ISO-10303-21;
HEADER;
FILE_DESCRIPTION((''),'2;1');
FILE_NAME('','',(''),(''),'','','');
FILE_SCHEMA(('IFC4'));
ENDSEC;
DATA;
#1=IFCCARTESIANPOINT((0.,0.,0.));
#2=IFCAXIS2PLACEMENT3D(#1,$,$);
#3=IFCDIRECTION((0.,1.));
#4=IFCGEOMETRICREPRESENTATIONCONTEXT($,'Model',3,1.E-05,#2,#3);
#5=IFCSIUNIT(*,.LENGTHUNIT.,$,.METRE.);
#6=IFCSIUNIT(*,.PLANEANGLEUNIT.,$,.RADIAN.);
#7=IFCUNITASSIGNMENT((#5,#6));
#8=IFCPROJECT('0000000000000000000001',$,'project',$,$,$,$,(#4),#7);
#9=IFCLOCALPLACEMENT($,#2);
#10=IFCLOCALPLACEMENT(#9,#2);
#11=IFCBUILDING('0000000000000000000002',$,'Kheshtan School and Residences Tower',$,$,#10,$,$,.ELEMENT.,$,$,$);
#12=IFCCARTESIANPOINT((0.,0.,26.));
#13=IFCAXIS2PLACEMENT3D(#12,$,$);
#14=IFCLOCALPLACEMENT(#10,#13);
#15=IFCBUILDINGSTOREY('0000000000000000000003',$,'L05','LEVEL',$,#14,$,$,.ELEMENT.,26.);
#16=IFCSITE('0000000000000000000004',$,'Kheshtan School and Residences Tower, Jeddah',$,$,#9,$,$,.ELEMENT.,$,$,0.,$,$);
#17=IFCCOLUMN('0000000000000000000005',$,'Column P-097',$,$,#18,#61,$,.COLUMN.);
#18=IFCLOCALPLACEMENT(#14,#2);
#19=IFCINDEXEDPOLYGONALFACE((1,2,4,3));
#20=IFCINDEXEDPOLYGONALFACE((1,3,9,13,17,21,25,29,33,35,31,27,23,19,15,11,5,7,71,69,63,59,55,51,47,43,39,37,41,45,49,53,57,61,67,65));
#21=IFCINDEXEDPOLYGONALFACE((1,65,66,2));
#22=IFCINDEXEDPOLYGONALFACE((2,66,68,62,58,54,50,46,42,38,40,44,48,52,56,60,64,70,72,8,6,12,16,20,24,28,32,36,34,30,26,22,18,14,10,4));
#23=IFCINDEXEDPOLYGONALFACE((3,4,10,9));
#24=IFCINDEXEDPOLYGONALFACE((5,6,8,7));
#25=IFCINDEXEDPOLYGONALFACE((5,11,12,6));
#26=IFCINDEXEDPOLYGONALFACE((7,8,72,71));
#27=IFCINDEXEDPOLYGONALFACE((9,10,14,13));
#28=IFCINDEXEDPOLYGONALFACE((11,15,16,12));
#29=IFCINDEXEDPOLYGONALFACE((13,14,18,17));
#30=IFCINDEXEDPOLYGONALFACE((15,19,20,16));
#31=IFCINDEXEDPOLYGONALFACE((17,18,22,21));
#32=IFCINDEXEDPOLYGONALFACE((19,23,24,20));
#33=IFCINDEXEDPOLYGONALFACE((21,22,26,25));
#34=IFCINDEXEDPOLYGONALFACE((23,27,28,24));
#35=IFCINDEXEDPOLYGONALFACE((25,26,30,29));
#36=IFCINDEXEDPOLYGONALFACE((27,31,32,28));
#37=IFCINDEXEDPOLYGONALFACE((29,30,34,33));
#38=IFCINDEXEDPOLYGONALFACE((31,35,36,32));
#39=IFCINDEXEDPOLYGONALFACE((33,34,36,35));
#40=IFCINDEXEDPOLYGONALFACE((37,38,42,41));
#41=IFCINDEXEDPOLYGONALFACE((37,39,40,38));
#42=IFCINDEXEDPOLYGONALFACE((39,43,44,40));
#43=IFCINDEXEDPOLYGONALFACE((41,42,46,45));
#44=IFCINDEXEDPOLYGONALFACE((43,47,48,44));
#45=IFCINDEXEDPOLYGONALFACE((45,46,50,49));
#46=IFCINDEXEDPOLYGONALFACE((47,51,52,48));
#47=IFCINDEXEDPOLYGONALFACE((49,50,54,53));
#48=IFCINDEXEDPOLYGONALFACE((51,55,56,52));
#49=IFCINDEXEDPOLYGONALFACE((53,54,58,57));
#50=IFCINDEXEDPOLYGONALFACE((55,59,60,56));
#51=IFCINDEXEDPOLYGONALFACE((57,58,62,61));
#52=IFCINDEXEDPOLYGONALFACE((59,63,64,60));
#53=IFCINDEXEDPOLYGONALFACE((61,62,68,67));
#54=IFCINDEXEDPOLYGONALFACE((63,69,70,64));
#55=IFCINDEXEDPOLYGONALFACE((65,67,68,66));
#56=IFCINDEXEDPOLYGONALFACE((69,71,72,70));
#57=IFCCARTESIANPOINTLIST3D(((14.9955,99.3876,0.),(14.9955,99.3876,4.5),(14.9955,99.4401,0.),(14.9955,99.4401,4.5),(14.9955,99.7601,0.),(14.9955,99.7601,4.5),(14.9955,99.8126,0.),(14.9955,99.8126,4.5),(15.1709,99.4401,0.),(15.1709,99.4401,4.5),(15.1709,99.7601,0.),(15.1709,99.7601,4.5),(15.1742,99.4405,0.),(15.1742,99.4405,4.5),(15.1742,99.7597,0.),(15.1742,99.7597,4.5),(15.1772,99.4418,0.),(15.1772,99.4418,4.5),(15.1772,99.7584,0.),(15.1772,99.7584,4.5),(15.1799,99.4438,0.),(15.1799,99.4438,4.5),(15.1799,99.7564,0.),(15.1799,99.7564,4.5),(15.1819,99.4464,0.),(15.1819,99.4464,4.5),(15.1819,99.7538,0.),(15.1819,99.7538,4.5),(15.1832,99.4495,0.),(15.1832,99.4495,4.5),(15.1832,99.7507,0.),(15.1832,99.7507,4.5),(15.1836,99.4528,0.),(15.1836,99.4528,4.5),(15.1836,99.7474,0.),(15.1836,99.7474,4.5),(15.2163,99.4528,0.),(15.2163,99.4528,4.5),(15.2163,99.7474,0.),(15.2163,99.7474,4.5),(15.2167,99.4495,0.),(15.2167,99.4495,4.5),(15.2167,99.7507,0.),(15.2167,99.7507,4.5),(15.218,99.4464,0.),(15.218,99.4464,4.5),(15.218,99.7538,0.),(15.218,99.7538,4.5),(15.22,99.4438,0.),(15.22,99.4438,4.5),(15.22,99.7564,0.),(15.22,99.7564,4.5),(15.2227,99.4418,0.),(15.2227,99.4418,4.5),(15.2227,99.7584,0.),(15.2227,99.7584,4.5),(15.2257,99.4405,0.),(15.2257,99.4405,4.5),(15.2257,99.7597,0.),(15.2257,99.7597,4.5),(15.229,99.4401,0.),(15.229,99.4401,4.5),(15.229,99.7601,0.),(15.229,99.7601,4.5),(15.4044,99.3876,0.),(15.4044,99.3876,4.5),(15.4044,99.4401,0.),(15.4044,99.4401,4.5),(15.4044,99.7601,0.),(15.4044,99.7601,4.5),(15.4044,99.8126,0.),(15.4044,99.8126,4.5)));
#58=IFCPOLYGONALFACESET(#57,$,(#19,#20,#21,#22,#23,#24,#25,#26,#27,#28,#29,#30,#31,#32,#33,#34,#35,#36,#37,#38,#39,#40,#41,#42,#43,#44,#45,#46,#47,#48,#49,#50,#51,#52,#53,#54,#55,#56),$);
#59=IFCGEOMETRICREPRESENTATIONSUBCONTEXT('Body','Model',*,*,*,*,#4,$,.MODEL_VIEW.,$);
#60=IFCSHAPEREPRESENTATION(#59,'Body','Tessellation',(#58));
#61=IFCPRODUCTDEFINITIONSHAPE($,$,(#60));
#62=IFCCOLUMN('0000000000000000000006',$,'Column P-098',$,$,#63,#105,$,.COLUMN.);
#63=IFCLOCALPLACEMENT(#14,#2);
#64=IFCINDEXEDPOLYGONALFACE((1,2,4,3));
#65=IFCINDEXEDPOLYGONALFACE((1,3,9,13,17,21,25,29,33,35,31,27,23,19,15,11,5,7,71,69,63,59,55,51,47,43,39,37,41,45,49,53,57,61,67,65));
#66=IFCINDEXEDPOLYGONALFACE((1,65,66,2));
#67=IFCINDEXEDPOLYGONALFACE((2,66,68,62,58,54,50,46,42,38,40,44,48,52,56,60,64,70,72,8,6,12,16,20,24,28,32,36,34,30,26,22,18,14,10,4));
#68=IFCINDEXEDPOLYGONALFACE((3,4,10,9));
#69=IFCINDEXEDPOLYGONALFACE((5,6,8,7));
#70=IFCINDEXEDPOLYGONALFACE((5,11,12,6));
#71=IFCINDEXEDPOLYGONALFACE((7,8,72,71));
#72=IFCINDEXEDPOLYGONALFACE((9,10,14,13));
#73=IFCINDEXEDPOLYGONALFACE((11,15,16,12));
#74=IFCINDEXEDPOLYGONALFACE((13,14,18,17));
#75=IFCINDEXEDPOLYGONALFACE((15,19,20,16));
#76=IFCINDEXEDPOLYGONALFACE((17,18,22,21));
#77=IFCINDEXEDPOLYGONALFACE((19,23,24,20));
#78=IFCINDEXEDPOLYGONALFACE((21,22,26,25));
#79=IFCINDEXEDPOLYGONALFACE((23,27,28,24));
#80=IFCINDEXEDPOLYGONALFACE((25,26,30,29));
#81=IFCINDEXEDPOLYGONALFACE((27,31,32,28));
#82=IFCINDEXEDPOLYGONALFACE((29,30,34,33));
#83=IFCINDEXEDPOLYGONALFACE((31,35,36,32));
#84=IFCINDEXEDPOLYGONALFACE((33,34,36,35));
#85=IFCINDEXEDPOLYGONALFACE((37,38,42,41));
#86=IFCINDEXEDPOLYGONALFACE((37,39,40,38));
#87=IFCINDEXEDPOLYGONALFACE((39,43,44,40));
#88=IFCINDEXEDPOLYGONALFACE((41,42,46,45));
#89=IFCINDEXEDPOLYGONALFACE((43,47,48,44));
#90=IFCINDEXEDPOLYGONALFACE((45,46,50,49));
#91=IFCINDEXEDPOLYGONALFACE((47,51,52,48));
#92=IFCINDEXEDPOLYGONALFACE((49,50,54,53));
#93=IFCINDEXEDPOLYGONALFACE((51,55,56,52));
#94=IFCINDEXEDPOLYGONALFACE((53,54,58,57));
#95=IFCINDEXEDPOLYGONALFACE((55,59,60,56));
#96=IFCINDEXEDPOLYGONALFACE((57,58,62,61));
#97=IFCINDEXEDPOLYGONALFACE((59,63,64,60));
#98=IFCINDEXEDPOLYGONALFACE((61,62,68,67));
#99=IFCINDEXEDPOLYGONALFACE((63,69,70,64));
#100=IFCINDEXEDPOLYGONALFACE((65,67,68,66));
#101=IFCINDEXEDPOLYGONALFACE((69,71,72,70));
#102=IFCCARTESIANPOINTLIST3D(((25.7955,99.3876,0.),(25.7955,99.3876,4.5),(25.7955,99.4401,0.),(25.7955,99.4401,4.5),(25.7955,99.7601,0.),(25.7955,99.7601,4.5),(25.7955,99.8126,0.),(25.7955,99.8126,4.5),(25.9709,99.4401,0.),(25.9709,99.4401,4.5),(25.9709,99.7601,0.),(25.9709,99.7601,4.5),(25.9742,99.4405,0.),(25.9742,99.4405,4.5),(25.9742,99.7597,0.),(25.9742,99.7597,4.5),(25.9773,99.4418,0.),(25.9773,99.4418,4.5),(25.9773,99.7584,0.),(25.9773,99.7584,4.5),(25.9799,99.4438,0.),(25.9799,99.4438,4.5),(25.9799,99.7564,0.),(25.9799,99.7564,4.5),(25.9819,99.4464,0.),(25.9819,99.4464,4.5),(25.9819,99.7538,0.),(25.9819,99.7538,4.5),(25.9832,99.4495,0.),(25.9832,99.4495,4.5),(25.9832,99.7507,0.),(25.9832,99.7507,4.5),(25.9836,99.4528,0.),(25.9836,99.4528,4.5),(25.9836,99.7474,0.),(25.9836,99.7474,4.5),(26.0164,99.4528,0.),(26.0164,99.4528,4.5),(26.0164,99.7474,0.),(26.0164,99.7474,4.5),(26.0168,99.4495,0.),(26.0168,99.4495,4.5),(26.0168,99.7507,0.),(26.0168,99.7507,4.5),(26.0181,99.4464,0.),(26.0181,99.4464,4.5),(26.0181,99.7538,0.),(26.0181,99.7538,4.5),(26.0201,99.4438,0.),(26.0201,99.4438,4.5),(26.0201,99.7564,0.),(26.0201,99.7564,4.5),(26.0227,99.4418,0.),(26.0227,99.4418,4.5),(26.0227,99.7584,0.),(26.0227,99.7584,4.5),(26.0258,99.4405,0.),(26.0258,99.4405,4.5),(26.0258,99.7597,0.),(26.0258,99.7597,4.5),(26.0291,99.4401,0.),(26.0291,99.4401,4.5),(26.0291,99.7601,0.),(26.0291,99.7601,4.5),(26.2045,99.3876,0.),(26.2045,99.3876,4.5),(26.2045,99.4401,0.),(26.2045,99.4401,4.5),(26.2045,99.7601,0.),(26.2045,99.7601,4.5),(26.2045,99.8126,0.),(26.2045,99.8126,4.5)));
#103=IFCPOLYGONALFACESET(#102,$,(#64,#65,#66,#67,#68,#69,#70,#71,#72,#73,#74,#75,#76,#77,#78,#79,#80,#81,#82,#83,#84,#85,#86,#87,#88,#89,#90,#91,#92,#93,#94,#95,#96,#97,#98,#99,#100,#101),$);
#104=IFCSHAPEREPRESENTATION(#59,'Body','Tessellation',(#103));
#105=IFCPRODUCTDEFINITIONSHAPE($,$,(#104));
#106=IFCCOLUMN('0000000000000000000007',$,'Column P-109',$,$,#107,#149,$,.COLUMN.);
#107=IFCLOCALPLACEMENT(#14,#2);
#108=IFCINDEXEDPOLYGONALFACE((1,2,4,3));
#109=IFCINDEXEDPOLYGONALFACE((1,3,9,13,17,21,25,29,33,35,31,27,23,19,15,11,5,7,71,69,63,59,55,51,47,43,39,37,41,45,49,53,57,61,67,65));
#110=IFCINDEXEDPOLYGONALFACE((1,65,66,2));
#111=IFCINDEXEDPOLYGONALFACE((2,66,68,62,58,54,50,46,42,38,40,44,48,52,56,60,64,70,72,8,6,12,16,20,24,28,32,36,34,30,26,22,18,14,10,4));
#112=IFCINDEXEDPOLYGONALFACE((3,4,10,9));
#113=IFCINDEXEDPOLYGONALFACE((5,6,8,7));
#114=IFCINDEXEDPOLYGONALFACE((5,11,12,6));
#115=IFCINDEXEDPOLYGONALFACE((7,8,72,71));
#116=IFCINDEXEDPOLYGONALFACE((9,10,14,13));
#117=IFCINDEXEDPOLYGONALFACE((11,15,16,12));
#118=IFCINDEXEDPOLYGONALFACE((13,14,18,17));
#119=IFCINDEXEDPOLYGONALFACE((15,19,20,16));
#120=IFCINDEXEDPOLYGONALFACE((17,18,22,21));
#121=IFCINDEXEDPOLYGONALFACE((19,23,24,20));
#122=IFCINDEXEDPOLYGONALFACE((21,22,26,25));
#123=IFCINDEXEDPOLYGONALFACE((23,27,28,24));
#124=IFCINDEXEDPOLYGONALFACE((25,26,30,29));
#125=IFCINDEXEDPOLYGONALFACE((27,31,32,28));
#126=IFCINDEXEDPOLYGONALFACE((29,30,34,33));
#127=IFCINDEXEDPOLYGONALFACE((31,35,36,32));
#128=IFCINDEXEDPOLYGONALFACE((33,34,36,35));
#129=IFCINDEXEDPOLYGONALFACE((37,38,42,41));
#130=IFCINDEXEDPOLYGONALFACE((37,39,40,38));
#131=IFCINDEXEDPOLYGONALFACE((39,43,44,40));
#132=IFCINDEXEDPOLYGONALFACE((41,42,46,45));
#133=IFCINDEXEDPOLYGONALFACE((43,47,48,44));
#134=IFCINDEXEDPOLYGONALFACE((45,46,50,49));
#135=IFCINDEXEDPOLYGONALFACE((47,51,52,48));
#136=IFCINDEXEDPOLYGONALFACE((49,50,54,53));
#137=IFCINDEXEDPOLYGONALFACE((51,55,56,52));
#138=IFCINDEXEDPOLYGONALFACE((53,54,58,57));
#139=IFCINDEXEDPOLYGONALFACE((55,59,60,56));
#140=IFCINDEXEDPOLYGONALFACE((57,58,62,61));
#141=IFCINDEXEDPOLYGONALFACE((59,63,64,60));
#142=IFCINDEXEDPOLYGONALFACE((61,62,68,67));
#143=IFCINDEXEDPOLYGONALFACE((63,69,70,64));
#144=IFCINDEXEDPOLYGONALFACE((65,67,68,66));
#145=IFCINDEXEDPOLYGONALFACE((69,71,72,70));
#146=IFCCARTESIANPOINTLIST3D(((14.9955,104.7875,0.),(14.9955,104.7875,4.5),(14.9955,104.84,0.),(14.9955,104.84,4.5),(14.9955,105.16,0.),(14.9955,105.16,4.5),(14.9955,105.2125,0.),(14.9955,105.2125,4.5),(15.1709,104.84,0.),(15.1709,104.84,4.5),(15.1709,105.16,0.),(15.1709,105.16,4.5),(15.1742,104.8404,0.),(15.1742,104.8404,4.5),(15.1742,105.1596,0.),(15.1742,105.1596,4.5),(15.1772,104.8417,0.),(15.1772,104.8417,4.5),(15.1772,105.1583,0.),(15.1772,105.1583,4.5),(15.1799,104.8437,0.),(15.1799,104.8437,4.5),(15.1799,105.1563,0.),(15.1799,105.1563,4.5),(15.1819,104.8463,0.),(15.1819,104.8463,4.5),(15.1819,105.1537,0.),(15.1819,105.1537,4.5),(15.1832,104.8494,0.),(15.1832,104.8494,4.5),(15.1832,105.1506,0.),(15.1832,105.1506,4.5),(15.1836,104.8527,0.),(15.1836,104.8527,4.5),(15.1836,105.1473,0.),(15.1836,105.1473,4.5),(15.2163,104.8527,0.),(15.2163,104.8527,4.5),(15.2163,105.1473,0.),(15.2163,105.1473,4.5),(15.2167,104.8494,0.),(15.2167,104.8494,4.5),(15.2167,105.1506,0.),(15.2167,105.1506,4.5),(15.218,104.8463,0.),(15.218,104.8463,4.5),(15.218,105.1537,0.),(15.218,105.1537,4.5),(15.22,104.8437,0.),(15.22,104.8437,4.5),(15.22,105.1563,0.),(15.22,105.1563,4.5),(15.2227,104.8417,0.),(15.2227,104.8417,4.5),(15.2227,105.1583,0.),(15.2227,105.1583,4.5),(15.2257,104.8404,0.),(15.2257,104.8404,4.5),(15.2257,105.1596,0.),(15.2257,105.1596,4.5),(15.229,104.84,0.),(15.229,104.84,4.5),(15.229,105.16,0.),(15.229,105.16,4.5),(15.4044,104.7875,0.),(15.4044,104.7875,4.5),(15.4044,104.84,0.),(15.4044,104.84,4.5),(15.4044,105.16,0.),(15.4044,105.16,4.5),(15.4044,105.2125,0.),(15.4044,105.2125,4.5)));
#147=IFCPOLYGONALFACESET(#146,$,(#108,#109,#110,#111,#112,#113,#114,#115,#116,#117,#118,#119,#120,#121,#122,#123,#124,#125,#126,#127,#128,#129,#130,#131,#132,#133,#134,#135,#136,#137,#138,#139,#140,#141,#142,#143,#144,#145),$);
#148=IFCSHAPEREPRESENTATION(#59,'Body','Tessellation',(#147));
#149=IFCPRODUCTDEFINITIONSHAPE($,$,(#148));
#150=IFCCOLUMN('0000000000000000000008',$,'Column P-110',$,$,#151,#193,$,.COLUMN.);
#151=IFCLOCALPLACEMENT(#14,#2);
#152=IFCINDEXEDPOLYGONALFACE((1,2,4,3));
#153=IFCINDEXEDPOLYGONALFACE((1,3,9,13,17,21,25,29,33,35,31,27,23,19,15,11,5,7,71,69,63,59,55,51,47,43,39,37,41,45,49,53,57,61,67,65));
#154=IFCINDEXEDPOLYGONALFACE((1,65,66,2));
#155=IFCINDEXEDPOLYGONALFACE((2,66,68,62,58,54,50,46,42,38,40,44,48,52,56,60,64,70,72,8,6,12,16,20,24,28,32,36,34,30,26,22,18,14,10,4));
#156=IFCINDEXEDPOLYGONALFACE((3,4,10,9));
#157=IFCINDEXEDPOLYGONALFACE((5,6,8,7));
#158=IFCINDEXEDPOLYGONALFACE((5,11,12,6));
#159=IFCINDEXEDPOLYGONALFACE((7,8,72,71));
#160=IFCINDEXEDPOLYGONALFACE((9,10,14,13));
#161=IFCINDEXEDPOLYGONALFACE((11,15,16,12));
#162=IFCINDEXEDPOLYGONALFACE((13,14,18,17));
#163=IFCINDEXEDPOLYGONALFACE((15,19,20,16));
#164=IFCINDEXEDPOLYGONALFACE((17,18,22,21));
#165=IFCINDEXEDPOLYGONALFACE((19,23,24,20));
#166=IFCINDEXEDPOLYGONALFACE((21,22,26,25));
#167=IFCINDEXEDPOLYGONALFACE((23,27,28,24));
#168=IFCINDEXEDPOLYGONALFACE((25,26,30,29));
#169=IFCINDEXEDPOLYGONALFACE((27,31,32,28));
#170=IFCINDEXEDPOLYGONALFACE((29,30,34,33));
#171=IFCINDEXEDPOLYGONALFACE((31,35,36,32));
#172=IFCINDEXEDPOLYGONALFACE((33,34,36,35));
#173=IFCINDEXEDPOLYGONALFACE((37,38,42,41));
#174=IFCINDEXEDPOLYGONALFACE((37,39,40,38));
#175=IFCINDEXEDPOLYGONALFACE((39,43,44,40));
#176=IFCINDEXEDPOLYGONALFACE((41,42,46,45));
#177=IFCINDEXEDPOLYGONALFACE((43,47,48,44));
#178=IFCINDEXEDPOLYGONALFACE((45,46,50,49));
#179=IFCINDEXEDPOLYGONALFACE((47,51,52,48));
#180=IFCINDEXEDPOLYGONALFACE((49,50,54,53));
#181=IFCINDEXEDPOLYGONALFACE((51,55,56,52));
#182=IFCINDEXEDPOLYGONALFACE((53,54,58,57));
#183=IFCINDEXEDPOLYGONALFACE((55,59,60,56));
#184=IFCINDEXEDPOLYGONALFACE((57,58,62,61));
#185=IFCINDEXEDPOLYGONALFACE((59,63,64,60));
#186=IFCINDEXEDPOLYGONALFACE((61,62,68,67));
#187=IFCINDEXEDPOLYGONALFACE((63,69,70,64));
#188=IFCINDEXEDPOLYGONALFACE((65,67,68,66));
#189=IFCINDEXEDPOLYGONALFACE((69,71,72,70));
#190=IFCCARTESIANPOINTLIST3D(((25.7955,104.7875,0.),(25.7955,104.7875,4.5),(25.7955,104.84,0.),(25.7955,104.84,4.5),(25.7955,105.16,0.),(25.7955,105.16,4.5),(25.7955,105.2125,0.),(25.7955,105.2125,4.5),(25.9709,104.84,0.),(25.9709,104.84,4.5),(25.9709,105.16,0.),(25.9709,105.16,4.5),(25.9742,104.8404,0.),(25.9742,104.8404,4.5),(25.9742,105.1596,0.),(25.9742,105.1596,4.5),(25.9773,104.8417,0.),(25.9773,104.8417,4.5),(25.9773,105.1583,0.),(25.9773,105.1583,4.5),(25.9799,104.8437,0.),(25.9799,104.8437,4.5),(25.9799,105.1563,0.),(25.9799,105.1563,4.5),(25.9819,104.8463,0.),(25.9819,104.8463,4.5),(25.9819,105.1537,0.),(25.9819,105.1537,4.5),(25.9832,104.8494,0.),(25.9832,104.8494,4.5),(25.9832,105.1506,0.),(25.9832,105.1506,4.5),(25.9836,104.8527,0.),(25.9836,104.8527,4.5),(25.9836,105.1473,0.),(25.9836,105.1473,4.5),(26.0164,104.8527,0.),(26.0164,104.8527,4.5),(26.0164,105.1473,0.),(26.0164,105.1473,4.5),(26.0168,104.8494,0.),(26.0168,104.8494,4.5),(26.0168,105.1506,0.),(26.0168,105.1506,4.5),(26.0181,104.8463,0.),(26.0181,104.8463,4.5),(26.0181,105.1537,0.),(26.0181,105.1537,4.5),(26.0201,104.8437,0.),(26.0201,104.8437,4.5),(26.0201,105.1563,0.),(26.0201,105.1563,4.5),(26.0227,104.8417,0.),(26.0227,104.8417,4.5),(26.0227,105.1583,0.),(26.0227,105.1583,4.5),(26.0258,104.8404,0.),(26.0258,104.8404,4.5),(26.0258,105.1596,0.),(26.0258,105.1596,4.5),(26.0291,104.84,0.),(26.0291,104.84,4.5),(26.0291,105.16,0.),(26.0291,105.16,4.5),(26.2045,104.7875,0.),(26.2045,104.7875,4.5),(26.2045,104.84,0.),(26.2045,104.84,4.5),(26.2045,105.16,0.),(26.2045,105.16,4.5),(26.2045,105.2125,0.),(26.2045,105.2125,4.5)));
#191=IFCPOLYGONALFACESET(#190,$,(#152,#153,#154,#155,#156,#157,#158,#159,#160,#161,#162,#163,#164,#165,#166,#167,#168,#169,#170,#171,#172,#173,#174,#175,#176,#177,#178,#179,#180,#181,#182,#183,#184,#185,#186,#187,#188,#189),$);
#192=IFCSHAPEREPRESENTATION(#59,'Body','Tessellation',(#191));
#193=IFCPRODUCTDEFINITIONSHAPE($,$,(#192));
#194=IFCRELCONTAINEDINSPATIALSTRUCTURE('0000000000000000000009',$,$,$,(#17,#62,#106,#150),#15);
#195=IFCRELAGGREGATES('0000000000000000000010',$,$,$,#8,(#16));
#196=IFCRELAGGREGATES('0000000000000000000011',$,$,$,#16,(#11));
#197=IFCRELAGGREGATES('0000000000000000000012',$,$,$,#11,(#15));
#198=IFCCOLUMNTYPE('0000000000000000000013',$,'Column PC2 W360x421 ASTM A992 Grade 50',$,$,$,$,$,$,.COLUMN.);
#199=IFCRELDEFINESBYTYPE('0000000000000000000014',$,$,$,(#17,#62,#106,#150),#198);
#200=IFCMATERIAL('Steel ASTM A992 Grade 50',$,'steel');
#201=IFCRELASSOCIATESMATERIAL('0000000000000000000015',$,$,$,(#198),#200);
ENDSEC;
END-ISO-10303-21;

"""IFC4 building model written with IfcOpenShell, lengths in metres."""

from ifc_helpers import new_model, si_unit, direction, frame, origin, origin_2d, place, context, subcontext, project, spatial, i_section, extrude, material, material_profile, profile_set, type_object, element, save


model = new_model("IFC4")

# Units and contexts
model_context = context("Model", 3, precision=1e-05, world=origin(), true_north=direction((0.0, 1.0)))
body_context = subcontext(model_context, "Body", "Model", "MODEL_VIEW")
ifc_project = project(units=[si_unit("LENGTHUNIT", "METRE"), si_unit("PLANEANGLEUNIT", "RADIAN")], contexts=[model_context])

# Site, building, storey
site_placement = place(None, origin())
site = spatial("IfcSite", under=ifc_project, at=site_placement, Name="Kheshtan School and Residences Tower, Jeddah", CompositionType="ELEMENT", RefElevation=0.0)
building_placement = place(site_placement, origin())
building = spatial("IfcBuilding", under=site, at=building_placement, Name="Kheshtan School and Residences Tower", CompositionType="ELEMENT")
storey_placement = place(building_placement, frame((0.0, 0.0, 26.0)))
storey = spatial("IfcBuildingStorey", under=building, at=storey_placement, Name="L05", Description="LEVEL", CompositionType="ELEMENT", Elevation=26.0)

# Columns
ifc_material_1 = material(Name="Steel ASTM A992 Grade 50", Category="steel")
ifc_material_profile_1 = material_profile(ifc_material_1, i_section(OverallWidth=0.4089, OverallDepth=0.425, WebThickness=0.0327, FlangeThickness=0.0525, FilletRadius=0.0127, at=origin_2d()), Name="W360x421")
ifc_profile_set_1 = profile_set([ifc_material_profile_1], Name="Steel ASTM A992 Grade 50")
column_type = type_object("IfcColumnType", Name="Column PC2 W360x421 ASTM A992 Grade 50", PredefinedType="COLUMN", material=ifc_profile_set_1)
for number, where, z_axis, x_axis, name in (
    (1, (15.2, 99.6001, 0.0), (0.0, 0.0, 1.0), (1.0, 0.0, 0.0), "Column P-097"),
    (2, (26.0, 99.6001, 0.0), (0.0, 0.0, 1.0), (1.0, 0.0, 0.0), "Column P-098"),
    (3, (15.2, 105.0, 0.0), (0.0, 0.0, 1.0), (1.0, 0.0, 0.0), "Column P-109"),
    (4, (26.0, 105.0, 0.0), (0.0, 0.0, 1.0), (1.0, 0.0, 0.0), "Column P-110"),
):
    element("IfcColumn", number, at=place(storey_placement, frame(where, z_axis=z_axis, x_axis=x_axis)), inside=storey, type_object=column_type, Name=name, PredefinedType="COLUMN", context=body_context, shape_type="SweptSolid", body=[
        extrude(i_section(OverallWidth=0.4089, OverallDepth=0.425, WebThickness=0.0327, FlangeThickness=0.0525, FilletRadius=0.0127, at=origin_2d()), origin(), (0.0, 0.0, 1.0), 4.5),
    ])

save(model, "model.ifc")
